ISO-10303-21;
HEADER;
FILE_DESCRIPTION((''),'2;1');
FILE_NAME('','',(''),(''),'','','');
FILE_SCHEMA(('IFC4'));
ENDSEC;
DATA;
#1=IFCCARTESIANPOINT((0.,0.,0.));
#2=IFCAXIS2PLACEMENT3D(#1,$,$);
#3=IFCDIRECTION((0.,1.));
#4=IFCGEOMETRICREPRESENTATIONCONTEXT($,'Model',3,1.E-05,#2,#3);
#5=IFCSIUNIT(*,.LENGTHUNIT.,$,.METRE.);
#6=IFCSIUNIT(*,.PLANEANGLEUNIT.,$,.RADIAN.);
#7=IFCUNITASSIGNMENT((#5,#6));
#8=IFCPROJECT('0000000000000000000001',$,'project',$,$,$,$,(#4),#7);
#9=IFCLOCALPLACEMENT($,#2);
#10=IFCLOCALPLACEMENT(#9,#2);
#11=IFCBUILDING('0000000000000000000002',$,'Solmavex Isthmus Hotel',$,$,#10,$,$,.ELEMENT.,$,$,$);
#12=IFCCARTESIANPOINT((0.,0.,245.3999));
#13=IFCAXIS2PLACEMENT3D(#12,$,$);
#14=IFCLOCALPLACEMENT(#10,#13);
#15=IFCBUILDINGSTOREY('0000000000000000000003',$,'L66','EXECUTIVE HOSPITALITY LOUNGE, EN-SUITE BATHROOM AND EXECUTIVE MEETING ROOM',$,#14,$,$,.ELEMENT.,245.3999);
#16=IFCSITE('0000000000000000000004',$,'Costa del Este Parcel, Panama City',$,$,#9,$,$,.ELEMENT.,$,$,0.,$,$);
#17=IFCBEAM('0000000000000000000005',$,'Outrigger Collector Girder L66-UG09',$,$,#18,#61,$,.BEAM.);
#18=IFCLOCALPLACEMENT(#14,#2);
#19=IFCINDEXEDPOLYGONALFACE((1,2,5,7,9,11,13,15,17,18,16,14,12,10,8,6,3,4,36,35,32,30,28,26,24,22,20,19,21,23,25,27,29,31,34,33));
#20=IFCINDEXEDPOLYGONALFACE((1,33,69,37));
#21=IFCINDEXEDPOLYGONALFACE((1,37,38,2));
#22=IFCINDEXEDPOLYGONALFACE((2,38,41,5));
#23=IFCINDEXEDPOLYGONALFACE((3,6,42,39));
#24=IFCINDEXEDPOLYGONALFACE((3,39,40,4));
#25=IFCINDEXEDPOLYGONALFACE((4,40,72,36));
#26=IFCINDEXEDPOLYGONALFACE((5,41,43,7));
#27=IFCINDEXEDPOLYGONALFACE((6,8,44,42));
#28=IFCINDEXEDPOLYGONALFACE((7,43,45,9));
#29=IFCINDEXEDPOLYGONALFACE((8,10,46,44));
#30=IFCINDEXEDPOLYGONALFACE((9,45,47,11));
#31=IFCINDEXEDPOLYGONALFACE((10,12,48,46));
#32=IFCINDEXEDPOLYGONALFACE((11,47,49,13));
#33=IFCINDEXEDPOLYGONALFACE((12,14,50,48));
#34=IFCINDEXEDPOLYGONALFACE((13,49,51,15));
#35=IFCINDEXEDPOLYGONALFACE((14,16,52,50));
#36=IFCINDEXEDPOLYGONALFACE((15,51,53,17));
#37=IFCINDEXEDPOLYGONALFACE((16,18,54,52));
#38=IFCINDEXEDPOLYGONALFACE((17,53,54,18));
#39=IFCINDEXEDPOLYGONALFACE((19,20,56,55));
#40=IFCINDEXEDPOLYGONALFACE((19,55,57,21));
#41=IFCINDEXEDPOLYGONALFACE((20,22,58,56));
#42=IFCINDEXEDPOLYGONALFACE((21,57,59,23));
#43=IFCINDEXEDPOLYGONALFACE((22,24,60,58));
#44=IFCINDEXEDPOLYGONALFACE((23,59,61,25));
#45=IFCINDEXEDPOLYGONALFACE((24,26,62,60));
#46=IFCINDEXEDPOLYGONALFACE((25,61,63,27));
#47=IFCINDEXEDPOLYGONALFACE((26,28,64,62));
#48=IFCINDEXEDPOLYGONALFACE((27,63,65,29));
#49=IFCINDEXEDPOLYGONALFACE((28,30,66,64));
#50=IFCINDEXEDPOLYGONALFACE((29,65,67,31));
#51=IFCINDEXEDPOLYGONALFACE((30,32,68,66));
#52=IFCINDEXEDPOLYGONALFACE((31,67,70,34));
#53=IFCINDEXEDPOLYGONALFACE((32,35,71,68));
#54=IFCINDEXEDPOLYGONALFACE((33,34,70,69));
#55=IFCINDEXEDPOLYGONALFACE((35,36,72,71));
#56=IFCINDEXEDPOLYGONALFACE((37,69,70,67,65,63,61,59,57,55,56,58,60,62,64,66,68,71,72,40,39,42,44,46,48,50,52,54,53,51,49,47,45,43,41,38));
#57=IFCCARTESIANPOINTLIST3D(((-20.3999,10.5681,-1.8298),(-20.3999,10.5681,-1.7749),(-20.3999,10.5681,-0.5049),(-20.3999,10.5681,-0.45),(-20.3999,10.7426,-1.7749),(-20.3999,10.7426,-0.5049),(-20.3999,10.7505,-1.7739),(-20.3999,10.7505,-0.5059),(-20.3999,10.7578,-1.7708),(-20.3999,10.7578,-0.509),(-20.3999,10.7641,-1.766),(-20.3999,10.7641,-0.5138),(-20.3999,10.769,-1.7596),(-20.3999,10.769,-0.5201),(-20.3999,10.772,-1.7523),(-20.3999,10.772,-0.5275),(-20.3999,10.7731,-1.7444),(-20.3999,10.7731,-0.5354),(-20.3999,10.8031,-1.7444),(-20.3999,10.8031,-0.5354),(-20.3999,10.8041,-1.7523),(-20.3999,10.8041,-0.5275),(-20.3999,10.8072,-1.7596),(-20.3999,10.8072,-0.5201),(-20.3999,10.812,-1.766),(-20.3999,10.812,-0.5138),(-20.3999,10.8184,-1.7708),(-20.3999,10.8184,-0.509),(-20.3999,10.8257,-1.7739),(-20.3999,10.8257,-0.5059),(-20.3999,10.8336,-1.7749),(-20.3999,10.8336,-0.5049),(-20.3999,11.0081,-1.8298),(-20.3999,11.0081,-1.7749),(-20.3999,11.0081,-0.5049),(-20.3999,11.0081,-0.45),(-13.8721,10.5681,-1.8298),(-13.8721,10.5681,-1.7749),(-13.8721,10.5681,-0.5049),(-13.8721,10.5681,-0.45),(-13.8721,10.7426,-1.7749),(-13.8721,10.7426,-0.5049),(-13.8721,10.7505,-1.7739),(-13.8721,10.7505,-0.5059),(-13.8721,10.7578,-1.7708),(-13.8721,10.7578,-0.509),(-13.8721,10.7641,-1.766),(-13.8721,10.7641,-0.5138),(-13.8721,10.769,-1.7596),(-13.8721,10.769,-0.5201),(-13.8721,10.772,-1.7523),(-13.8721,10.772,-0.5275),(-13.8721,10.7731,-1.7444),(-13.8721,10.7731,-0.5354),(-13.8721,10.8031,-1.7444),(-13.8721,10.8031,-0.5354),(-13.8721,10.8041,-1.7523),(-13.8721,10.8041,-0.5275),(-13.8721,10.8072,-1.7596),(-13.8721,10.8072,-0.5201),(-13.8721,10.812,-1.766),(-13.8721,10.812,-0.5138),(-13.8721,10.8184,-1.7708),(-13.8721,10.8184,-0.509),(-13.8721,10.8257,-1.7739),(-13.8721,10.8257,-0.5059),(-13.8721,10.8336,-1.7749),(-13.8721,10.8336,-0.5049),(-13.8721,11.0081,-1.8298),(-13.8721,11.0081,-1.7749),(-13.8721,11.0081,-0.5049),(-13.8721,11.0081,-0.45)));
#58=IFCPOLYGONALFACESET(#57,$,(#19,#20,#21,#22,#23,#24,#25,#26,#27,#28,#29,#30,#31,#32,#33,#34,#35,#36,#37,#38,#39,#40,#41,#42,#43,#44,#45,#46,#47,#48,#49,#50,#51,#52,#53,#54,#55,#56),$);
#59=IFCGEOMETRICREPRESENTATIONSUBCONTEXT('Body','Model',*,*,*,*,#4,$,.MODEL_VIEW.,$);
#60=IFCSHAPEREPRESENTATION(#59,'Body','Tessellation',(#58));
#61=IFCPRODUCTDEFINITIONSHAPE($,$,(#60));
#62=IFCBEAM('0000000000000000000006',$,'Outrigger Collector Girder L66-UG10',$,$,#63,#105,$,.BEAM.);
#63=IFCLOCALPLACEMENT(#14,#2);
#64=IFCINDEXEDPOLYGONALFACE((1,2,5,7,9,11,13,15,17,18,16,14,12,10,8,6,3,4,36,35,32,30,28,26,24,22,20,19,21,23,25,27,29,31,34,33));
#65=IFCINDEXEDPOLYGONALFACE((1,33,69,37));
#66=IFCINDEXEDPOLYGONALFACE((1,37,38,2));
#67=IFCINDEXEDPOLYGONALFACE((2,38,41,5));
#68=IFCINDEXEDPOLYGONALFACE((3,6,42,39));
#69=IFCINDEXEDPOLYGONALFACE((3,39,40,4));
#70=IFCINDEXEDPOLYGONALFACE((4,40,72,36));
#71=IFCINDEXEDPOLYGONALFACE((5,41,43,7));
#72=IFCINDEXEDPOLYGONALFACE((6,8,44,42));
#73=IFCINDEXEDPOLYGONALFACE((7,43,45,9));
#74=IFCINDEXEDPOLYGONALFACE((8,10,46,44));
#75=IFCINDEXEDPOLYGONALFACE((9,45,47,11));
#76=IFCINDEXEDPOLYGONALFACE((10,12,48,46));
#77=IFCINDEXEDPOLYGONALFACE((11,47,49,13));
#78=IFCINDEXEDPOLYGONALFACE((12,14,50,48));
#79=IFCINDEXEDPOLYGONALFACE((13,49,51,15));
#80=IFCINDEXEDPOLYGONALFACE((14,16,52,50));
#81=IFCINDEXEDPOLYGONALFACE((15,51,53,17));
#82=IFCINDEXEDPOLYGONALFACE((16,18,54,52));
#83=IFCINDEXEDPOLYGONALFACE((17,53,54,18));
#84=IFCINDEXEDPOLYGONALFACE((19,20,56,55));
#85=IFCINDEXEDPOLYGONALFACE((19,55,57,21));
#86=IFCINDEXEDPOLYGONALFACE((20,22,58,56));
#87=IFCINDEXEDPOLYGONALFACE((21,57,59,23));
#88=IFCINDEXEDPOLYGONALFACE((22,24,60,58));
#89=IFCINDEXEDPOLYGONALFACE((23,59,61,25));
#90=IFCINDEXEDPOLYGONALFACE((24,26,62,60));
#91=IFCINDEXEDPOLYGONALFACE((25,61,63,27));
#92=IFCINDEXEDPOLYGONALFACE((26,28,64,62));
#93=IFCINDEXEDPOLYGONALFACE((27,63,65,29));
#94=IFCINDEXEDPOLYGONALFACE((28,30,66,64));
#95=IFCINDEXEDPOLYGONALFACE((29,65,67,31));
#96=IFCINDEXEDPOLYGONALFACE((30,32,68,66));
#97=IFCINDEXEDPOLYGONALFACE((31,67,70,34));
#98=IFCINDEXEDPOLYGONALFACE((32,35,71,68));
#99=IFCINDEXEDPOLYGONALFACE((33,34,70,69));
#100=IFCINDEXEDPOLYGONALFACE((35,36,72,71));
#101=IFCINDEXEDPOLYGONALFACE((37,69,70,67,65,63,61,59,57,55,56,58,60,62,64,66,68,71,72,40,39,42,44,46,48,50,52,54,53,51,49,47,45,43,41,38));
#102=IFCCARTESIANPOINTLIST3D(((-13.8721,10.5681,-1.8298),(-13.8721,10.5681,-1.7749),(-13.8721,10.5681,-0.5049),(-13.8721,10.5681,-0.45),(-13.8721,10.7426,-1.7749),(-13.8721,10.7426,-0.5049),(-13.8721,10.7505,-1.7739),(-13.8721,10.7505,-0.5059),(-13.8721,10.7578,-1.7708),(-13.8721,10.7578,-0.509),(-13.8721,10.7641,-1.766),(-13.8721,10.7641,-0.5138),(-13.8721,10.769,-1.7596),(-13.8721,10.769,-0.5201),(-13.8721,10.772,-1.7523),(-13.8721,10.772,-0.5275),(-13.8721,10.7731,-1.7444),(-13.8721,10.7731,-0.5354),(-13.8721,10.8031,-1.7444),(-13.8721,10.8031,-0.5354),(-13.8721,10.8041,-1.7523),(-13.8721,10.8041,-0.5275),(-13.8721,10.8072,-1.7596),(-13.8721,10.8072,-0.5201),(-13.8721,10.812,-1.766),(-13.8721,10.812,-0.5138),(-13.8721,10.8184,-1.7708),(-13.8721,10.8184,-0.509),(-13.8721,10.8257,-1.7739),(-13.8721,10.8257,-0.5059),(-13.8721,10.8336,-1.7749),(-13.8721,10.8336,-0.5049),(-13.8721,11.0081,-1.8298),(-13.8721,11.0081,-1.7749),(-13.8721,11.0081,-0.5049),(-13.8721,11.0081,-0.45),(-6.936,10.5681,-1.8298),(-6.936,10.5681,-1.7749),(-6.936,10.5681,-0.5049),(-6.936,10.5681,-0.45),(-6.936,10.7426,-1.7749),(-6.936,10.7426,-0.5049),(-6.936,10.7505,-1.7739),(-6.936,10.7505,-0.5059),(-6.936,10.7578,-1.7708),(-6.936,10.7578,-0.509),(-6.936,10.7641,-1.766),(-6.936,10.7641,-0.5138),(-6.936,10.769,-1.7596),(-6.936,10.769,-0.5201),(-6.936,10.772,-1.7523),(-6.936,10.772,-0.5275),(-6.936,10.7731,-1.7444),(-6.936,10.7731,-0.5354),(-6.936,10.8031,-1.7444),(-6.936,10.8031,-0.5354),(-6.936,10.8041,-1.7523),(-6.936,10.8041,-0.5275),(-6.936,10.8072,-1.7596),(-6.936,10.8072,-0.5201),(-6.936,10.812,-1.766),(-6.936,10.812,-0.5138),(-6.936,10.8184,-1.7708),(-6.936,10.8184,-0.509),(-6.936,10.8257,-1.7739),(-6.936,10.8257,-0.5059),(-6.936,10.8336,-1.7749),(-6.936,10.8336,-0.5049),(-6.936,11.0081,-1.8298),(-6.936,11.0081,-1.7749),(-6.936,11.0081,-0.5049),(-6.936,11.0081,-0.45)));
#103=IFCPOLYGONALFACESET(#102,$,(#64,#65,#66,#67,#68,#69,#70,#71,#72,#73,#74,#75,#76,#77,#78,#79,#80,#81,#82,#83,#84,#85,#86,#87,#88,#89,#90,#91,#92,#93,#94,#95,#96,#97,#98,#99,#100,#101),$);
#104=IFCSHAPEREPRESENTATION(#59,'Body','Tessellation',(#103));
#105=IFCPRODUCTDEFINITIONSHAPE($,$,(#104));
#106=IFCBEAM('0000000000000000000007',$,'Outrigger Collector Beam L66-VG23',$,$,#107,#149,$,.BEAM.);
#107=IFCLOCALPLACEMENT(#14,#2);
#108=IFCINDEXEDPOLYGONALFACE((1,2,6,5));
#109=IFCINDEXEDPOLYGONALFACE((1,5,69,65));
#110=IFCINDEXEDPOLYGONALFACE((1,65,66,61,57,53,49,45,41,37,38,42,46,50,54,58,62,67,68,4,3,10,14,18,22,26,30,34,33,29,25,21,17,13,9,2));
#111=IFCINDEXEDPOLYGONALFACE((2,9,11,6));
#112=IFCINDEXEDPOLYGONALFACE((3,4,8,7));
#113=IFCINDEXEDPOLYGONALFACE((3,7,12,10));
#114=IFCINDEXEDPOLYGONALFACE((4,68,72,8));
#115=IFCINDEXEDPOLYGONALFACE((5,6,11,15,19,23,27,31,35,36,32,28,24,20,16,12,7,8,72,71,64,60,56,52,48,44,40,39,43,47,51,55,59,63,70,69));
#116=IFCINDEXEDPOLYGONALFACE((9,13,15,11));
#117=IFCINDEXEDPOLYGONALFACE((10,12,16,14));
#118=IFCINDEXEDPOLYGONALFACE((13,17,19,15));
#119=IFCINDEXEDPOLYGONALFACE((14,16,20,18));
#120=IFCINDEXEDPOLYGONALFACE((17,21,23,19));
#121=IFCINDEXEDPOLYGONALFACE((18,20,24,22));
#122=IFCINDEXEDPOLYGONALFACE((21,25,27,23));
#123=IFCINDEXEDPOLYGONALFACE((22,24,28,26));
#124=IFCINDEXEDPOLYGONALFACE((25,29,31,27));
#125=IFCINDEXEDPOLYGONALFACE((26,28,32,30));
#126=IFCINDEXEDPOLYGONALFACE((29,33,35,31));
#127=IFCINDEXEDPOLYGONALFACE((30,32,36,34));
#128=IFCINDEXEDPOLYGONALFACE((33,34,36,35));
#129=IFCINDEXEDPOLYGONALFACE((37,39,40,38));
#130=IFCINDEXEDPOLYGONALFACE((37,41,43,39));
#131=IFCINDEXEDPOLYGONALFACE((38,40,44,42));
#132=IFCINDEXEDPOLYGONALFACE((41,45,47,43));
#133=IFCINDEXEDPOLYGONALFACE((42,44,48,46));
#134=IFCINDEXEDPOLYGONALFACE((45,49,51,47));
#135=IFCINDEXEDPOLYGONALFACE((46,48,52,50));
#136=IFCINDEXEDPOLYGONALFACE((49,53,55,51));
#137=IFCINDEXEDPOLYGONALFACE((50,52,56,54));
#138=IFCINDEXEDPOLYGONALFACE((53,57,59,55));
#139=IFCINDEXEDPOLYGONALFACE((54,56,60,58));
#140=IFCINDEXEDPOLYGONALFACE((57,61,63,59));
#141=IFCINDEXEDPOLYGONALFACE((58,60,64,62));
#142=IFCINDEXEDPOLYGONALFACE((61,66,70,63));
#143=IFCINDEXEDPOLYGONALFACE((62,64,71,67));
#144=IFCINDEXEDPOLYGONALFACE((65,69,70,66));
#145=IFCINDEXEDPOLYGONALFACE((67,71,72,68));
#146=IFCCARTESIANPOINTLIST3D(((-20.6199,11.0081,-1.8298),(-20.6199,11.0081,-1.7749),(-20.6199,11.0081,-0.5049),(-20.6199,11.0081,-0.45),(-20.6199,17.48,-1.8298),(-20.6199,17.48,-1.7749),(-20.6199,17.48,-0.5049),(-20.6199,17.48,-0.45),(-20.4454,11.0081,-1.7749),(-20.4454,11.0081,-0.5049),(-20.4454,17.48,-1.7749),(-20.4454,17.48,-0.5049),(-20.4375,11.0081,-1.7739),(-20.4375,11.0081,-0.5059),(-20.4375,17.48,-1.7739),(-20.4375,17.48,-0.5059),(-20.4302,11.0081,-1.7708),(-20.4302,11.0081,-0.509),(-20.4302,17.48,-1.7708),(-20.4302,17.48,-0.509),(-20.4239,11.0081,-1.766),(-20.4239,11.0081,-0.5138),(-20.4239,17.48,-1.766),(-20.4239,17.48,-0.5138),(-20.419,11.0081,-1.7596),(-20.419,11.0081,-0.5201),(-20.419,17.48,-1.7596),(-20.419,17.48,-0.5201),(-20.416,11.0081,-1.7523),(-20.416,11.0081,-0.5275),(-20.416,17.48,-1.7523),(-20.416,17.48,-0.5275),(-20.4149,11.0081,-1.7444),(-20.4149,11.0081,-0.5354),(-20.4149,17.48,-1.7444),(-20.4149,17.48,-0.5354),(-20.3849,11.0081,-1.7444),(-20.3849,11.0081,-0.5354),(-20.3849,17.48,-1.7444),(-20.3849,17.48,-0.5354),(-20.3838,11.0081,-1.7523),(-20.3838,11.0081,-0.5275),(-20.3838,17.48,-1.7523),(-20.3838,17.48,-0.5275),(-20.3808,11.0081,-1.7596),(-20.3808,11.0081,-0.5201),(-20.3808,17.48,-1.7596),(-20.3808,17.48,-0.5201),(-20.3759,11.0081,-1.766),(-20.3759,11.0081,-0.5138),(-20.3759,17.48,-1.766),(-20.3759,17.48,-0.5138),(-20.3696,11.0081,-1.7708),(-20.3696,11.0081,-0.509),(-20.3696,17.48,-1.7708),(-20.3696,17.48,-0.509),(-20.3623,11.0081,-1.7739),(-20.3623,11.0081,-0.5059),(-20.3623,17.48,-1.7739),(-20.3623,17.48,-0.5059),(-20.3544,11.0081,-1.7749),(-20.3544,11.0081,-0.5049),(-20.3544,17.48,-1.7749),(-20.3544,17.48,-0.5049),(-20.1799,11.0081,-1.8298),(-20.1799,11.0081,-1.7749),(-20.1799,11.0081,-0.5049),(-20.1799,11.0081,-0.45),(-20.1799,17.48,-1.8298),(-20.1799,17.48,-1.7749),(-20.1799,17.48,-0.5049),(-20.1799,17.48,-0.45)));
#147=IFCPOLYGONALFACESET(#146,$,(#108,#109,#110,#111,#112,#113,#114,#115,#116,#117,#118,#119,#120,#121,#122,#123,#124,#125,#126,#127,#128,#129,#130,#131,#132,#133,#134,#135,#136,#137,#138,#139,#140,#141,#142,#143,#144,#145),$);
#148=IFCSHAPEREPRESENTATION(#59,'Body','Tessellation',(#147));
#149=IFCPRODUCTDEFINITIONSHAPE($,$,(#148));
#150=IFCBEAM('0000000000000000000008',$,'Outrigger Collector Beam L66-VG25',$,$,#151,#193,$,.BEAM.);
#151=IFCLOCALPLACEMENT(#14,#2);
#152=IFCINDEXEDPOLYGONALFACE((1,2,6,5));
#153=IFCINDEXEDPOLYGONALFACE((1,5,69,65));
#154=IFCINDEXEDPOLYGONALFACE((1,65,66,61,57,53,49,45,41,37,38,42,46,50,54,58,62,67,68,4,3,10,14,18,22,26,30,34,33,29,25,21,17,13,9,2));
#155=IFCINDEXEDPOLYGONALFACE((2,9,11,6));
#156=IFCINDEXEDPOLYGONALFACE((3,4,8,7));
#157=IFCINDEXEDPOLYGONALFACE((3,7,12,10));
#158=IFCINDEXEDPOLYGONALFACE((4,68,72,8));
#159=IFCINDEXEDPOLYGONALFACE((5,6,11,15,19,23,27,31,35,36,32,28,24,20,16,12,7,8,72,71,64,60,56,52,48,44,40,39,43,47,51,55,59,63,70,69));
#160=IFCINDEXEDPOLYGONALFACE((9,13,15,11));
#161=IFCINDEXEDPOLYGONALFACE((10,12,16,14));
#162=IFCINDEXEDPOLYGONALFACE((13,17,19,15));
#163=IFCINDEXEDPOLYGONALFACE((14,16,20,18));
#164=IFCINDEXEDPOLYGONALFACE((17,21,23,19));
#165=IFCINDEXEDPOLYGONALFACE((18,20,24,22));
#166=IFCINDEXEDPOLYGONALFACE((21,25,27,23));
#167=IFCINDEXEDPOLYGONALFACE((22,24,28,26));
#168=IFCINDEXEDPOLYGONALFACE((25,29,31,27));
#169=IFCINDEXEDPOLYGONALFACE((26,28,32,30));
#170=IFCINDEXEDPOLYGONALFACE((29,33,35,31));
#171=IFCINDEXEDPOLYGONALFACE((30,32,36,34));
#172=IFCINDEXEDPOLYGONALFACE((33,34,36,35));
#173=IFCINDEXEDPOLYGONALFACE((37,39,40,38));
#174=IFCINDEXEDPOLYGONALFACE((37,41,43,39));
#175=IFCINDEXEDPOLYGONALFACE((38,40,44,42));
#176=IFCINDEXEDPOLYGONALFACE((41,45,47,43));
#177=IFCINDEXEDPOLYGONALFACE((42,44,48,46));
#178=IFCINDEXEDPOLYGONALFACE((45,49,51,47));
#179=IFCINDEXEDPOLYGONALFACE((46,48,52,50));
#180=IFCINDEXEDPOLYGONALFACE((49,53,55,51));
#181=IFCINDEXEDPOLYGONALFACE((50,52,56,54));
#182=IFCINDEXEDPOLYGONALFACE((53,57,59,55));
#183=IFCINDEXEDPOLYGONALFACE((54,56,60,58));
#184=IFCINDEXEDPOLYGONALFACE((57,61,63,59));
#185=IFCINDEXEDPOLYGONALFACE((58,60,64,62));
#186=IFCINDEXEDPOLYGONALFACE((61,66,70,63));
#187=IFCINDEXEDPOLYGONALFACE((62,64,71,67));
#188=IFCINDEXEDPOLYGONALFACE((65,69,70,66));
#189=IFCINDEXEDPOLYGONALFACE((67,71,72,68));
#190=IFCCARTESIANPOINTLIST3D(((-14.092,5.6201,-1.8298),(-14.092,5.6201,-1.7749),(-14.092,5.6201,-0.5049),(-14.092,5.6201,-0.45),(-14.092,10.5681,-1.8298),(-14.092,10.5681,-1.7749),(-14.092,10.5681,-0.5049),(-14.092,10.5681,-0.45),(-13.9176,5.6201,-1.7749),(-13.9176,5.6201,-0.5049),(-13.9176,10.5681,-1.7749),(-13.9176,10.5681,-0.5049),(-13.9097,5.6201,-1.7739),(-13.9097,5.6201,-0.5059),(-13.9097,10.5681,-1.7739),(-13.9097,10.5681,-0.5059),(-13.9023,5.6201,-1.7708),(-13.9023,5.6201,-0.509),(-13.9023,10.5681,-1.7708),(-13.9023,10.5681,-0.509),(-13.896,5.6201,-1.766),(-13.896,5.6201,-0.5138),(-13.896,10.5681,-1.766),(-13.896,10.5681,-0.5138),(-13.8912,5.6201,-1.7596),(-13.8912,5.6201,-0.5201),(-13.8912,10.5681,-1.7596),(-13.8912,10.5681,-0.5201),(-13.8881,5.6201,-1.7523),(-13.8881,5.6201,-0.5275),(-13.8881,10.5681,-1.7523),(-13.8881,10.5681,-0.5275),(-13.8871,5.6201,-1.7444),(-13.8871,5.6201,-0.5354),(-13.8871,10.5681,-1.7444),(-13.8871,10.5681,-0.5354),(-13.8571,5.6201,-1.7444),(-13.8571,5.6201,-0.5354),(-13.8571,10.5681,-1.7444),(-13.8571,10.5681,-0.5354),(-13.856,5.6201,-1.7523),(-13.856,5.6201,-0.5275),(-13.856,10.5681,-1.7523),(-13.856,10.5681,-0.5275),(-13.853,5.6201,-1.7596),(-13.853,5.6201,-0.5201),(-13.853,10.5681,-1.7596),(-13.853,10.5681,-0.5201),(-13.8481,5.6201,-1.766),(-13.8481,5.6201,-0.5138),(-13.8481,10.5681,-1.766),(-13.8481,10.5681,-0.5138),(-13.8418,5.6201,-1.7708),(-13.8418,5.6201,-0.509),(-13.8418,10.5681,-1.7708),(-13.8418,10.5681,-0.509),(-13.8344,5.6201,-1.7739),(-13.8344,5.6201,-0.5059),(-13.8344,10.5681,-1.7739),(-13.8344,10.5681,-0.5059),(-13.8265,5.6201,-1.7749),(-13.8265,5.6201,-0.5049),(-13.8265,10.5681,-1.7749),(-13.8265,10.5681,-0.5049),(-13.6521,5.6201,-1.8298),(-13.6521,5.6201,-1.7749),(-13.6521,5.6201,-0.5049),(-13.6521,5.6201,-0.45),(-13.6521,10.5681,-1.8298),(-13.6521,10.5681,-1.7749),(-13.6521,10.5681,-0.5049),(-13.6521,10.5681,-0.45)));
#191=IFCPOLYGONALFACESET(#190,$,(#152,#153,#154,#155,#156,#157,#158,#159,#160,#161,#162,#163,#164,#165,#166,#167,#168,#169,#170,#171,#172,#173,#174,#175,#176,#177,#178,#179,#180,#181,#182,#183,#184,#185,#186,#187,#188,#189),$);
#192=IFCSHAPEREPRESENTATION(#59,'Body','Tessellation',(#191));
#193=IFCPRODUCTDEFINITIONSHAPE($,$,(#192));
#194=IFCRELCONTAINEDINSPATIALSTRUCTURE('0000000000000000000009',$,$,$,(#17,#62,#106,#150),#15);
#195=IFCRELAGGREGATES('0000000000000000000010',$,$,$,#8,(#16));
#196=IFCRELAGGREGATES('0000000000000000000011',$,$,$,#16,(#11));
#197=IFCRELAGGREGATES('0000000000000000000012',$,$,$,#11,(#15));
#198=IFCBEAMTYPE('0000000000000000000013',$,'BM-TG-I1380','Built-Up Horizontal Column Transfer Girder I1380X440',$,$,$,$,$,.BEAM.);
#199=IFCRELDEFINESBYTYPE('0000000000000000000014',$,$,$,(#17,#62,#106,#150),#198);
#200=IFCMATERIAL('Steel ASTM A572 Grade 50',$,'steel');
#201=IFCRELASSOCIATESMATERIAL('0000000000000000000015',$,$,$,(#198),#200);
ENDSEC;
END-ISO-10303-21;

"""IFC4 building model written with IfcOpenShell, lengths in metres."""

from ifc_helpers import new_model, si_unit, direction, frame, origin, origin_2d, place, context, subcontext, project, spatial, i_section, extrude, material, material_profile, profile_set, type_object, element, save


model = new_model("IFC4")

# Units and contexts
model_context = context("Model", 3, precision=1e-05, world=origin(), true_north=direction((0.0, 1.0)))
body_context = subcontext(model_context, "Body", "Model", "MODEL_VIEW")
ifc_project = project(units=[si_unit("LENGTHUNIT", "METRE"), si_unit("PLANEANGLEUNIT", "RADIAN")], contexts=[model_context])

# Site, building, storey
site_placement = place(None, origin())
site = spatial("IfcSite", under=ifc_project, at=site_placement, Name="Costa del Este Parcel, Panama City", CompositionType="ELEMENT", RefElevation=0.0)
building_placement = place(site_placement, origin())
building = spatial("IfcBuilding", under=site, at=building_placement, Name="Solmavex Isthmus Hotel", CompositionType="ELEMENT")
storey_placement = place(building_placement, frame((0.0, 0.0, 245.3999)))
storey = spatial("IfcBuildingStorey", under=building, at=storey_placement, Name="L66", Description="EXECUTIVE HOSPITALITY LOUNGE, EN-SUITE BATHROOM AND EXECUTIVE MEETING ROOM", CompositionType="ELEMENT", Elevation=245.3999)

# Beams
ifc_material_1 = material(Name="Steel ASTM A572 Grade 50", Category="steel")
ifc_material_profile_1 = material_profile(ifc_material_1, i_section(OverallWidth=0.4399, OverallDepth=1.3799, WebThickness=0.03, FlangeThickness=0.0549, FilletRadius=0.0305, at=origin_2d()), Name="I1380X440")
ifc_profile_set_1 = profile_set([ifc_material_profile_1], Name="Steel ASTM A572 Grade 50")
beam_type_1 = type_object("IfcBeamType", Name="BM-TG-I1380", Description="Built-Up Horizontal Column Transfer Girder I1380X440", PredefinedType="BEAM", material=ifc_profile_set_1)
beam_1_placement = place(storey_placement, frame((-20.3999, 10.7881, -1.1399), z_axis=(1.0, 0.0, 0.0), x_axis=(0.0, 1.0, 0.0)))
element("IfcBeam", 1, at=beam_1_placement, inside=storey, type_object=beam_type_1, Name="Outrigger Collector Girder L66-UG09", PredefinedType="BEAM", context=body_context, shape_type="SweptSolid", body=[
    extrude(i_section(OverallWidth=0.4399, OverallDepth=1.3799, WebThickness=0.03, FlangeThickness=0.0549, FilletRadius=0.0305, at=origin_2d()), origin(), (0.0, 0.0, 1.0), 6.5278),
])
beam_2_placement = place(storey_placement, frame((-13.8721, 10.7881, -1.1399), z_axis=(1.0, 0.0, 0.0), x_axis=(0.0, 1.0, 0.0)))
element("IfcBeam", 2, at=beam_2_placement, inside=storey, type_object=beam_type_1, Name="Outrigger Collector Girder L66-UG10", PredefinedType="BEAM", context=body_context, shape_type="SweptSolid", body=[
    extrude(i_section(OverallWidth=0.4399, OverallDepth=1.3799, WebThickness=0.03, FlangeThickness=0.0549, FilletRadius=0.0305, at=origin_2d()), origin(), (0.0, 0.0, 1.0), 6.936),
])
beam_3_placement = place(storey_placement, frame((-20.3999, 11.0081, -1.1399), z_axis=(0.0, 1.0, 0.0), x_axis=(-1.0, 0.0, 0.0)))
element("IfcBeam", 3, at=beam_3_placement, inside=storey, type_object=beam_type_1, Name="Outrigger Collector Beam L66-VG23", PredefinedType="BEAM", context=body_context, shape_type="SweptSolid", body=[
    extrude(i_section(OverallWidth=0.4399, OverallDepth=1.3799, WebThickness=0.03, FlangeThickness=0.0549, FilletRadius=0.0305, at=origin_2d()), origin(), (0.0, 0.0, 1.0), 6.4719),
])
beam_4_placement = place(storey_placement, frame((-13.8721, 5.6201, -1.1399), z_axis=(0.0, 1.0, 0.0), x_axis=(-1.0, 0.0, 0.0)))
element("IfcBeam", 4, at=beam_4_placement, inside=storey, type_object=beam_type_1, Name="Outrigger Collector Beam L66-VG25", PredefinedType="BEAM", context=body_context, shape_type="SweptSolid", body=[
    extrude(i_section(OverallWidth=0.4399, OverallDepth=1.3799, WebThickness=0.03, FlangeThickness=0.0549, FilletRadius=0.0305, at=origin_2d()), origin(), (0.0, 0.0, 1.0), 4.948),
])

save(model, "model.ifc")
